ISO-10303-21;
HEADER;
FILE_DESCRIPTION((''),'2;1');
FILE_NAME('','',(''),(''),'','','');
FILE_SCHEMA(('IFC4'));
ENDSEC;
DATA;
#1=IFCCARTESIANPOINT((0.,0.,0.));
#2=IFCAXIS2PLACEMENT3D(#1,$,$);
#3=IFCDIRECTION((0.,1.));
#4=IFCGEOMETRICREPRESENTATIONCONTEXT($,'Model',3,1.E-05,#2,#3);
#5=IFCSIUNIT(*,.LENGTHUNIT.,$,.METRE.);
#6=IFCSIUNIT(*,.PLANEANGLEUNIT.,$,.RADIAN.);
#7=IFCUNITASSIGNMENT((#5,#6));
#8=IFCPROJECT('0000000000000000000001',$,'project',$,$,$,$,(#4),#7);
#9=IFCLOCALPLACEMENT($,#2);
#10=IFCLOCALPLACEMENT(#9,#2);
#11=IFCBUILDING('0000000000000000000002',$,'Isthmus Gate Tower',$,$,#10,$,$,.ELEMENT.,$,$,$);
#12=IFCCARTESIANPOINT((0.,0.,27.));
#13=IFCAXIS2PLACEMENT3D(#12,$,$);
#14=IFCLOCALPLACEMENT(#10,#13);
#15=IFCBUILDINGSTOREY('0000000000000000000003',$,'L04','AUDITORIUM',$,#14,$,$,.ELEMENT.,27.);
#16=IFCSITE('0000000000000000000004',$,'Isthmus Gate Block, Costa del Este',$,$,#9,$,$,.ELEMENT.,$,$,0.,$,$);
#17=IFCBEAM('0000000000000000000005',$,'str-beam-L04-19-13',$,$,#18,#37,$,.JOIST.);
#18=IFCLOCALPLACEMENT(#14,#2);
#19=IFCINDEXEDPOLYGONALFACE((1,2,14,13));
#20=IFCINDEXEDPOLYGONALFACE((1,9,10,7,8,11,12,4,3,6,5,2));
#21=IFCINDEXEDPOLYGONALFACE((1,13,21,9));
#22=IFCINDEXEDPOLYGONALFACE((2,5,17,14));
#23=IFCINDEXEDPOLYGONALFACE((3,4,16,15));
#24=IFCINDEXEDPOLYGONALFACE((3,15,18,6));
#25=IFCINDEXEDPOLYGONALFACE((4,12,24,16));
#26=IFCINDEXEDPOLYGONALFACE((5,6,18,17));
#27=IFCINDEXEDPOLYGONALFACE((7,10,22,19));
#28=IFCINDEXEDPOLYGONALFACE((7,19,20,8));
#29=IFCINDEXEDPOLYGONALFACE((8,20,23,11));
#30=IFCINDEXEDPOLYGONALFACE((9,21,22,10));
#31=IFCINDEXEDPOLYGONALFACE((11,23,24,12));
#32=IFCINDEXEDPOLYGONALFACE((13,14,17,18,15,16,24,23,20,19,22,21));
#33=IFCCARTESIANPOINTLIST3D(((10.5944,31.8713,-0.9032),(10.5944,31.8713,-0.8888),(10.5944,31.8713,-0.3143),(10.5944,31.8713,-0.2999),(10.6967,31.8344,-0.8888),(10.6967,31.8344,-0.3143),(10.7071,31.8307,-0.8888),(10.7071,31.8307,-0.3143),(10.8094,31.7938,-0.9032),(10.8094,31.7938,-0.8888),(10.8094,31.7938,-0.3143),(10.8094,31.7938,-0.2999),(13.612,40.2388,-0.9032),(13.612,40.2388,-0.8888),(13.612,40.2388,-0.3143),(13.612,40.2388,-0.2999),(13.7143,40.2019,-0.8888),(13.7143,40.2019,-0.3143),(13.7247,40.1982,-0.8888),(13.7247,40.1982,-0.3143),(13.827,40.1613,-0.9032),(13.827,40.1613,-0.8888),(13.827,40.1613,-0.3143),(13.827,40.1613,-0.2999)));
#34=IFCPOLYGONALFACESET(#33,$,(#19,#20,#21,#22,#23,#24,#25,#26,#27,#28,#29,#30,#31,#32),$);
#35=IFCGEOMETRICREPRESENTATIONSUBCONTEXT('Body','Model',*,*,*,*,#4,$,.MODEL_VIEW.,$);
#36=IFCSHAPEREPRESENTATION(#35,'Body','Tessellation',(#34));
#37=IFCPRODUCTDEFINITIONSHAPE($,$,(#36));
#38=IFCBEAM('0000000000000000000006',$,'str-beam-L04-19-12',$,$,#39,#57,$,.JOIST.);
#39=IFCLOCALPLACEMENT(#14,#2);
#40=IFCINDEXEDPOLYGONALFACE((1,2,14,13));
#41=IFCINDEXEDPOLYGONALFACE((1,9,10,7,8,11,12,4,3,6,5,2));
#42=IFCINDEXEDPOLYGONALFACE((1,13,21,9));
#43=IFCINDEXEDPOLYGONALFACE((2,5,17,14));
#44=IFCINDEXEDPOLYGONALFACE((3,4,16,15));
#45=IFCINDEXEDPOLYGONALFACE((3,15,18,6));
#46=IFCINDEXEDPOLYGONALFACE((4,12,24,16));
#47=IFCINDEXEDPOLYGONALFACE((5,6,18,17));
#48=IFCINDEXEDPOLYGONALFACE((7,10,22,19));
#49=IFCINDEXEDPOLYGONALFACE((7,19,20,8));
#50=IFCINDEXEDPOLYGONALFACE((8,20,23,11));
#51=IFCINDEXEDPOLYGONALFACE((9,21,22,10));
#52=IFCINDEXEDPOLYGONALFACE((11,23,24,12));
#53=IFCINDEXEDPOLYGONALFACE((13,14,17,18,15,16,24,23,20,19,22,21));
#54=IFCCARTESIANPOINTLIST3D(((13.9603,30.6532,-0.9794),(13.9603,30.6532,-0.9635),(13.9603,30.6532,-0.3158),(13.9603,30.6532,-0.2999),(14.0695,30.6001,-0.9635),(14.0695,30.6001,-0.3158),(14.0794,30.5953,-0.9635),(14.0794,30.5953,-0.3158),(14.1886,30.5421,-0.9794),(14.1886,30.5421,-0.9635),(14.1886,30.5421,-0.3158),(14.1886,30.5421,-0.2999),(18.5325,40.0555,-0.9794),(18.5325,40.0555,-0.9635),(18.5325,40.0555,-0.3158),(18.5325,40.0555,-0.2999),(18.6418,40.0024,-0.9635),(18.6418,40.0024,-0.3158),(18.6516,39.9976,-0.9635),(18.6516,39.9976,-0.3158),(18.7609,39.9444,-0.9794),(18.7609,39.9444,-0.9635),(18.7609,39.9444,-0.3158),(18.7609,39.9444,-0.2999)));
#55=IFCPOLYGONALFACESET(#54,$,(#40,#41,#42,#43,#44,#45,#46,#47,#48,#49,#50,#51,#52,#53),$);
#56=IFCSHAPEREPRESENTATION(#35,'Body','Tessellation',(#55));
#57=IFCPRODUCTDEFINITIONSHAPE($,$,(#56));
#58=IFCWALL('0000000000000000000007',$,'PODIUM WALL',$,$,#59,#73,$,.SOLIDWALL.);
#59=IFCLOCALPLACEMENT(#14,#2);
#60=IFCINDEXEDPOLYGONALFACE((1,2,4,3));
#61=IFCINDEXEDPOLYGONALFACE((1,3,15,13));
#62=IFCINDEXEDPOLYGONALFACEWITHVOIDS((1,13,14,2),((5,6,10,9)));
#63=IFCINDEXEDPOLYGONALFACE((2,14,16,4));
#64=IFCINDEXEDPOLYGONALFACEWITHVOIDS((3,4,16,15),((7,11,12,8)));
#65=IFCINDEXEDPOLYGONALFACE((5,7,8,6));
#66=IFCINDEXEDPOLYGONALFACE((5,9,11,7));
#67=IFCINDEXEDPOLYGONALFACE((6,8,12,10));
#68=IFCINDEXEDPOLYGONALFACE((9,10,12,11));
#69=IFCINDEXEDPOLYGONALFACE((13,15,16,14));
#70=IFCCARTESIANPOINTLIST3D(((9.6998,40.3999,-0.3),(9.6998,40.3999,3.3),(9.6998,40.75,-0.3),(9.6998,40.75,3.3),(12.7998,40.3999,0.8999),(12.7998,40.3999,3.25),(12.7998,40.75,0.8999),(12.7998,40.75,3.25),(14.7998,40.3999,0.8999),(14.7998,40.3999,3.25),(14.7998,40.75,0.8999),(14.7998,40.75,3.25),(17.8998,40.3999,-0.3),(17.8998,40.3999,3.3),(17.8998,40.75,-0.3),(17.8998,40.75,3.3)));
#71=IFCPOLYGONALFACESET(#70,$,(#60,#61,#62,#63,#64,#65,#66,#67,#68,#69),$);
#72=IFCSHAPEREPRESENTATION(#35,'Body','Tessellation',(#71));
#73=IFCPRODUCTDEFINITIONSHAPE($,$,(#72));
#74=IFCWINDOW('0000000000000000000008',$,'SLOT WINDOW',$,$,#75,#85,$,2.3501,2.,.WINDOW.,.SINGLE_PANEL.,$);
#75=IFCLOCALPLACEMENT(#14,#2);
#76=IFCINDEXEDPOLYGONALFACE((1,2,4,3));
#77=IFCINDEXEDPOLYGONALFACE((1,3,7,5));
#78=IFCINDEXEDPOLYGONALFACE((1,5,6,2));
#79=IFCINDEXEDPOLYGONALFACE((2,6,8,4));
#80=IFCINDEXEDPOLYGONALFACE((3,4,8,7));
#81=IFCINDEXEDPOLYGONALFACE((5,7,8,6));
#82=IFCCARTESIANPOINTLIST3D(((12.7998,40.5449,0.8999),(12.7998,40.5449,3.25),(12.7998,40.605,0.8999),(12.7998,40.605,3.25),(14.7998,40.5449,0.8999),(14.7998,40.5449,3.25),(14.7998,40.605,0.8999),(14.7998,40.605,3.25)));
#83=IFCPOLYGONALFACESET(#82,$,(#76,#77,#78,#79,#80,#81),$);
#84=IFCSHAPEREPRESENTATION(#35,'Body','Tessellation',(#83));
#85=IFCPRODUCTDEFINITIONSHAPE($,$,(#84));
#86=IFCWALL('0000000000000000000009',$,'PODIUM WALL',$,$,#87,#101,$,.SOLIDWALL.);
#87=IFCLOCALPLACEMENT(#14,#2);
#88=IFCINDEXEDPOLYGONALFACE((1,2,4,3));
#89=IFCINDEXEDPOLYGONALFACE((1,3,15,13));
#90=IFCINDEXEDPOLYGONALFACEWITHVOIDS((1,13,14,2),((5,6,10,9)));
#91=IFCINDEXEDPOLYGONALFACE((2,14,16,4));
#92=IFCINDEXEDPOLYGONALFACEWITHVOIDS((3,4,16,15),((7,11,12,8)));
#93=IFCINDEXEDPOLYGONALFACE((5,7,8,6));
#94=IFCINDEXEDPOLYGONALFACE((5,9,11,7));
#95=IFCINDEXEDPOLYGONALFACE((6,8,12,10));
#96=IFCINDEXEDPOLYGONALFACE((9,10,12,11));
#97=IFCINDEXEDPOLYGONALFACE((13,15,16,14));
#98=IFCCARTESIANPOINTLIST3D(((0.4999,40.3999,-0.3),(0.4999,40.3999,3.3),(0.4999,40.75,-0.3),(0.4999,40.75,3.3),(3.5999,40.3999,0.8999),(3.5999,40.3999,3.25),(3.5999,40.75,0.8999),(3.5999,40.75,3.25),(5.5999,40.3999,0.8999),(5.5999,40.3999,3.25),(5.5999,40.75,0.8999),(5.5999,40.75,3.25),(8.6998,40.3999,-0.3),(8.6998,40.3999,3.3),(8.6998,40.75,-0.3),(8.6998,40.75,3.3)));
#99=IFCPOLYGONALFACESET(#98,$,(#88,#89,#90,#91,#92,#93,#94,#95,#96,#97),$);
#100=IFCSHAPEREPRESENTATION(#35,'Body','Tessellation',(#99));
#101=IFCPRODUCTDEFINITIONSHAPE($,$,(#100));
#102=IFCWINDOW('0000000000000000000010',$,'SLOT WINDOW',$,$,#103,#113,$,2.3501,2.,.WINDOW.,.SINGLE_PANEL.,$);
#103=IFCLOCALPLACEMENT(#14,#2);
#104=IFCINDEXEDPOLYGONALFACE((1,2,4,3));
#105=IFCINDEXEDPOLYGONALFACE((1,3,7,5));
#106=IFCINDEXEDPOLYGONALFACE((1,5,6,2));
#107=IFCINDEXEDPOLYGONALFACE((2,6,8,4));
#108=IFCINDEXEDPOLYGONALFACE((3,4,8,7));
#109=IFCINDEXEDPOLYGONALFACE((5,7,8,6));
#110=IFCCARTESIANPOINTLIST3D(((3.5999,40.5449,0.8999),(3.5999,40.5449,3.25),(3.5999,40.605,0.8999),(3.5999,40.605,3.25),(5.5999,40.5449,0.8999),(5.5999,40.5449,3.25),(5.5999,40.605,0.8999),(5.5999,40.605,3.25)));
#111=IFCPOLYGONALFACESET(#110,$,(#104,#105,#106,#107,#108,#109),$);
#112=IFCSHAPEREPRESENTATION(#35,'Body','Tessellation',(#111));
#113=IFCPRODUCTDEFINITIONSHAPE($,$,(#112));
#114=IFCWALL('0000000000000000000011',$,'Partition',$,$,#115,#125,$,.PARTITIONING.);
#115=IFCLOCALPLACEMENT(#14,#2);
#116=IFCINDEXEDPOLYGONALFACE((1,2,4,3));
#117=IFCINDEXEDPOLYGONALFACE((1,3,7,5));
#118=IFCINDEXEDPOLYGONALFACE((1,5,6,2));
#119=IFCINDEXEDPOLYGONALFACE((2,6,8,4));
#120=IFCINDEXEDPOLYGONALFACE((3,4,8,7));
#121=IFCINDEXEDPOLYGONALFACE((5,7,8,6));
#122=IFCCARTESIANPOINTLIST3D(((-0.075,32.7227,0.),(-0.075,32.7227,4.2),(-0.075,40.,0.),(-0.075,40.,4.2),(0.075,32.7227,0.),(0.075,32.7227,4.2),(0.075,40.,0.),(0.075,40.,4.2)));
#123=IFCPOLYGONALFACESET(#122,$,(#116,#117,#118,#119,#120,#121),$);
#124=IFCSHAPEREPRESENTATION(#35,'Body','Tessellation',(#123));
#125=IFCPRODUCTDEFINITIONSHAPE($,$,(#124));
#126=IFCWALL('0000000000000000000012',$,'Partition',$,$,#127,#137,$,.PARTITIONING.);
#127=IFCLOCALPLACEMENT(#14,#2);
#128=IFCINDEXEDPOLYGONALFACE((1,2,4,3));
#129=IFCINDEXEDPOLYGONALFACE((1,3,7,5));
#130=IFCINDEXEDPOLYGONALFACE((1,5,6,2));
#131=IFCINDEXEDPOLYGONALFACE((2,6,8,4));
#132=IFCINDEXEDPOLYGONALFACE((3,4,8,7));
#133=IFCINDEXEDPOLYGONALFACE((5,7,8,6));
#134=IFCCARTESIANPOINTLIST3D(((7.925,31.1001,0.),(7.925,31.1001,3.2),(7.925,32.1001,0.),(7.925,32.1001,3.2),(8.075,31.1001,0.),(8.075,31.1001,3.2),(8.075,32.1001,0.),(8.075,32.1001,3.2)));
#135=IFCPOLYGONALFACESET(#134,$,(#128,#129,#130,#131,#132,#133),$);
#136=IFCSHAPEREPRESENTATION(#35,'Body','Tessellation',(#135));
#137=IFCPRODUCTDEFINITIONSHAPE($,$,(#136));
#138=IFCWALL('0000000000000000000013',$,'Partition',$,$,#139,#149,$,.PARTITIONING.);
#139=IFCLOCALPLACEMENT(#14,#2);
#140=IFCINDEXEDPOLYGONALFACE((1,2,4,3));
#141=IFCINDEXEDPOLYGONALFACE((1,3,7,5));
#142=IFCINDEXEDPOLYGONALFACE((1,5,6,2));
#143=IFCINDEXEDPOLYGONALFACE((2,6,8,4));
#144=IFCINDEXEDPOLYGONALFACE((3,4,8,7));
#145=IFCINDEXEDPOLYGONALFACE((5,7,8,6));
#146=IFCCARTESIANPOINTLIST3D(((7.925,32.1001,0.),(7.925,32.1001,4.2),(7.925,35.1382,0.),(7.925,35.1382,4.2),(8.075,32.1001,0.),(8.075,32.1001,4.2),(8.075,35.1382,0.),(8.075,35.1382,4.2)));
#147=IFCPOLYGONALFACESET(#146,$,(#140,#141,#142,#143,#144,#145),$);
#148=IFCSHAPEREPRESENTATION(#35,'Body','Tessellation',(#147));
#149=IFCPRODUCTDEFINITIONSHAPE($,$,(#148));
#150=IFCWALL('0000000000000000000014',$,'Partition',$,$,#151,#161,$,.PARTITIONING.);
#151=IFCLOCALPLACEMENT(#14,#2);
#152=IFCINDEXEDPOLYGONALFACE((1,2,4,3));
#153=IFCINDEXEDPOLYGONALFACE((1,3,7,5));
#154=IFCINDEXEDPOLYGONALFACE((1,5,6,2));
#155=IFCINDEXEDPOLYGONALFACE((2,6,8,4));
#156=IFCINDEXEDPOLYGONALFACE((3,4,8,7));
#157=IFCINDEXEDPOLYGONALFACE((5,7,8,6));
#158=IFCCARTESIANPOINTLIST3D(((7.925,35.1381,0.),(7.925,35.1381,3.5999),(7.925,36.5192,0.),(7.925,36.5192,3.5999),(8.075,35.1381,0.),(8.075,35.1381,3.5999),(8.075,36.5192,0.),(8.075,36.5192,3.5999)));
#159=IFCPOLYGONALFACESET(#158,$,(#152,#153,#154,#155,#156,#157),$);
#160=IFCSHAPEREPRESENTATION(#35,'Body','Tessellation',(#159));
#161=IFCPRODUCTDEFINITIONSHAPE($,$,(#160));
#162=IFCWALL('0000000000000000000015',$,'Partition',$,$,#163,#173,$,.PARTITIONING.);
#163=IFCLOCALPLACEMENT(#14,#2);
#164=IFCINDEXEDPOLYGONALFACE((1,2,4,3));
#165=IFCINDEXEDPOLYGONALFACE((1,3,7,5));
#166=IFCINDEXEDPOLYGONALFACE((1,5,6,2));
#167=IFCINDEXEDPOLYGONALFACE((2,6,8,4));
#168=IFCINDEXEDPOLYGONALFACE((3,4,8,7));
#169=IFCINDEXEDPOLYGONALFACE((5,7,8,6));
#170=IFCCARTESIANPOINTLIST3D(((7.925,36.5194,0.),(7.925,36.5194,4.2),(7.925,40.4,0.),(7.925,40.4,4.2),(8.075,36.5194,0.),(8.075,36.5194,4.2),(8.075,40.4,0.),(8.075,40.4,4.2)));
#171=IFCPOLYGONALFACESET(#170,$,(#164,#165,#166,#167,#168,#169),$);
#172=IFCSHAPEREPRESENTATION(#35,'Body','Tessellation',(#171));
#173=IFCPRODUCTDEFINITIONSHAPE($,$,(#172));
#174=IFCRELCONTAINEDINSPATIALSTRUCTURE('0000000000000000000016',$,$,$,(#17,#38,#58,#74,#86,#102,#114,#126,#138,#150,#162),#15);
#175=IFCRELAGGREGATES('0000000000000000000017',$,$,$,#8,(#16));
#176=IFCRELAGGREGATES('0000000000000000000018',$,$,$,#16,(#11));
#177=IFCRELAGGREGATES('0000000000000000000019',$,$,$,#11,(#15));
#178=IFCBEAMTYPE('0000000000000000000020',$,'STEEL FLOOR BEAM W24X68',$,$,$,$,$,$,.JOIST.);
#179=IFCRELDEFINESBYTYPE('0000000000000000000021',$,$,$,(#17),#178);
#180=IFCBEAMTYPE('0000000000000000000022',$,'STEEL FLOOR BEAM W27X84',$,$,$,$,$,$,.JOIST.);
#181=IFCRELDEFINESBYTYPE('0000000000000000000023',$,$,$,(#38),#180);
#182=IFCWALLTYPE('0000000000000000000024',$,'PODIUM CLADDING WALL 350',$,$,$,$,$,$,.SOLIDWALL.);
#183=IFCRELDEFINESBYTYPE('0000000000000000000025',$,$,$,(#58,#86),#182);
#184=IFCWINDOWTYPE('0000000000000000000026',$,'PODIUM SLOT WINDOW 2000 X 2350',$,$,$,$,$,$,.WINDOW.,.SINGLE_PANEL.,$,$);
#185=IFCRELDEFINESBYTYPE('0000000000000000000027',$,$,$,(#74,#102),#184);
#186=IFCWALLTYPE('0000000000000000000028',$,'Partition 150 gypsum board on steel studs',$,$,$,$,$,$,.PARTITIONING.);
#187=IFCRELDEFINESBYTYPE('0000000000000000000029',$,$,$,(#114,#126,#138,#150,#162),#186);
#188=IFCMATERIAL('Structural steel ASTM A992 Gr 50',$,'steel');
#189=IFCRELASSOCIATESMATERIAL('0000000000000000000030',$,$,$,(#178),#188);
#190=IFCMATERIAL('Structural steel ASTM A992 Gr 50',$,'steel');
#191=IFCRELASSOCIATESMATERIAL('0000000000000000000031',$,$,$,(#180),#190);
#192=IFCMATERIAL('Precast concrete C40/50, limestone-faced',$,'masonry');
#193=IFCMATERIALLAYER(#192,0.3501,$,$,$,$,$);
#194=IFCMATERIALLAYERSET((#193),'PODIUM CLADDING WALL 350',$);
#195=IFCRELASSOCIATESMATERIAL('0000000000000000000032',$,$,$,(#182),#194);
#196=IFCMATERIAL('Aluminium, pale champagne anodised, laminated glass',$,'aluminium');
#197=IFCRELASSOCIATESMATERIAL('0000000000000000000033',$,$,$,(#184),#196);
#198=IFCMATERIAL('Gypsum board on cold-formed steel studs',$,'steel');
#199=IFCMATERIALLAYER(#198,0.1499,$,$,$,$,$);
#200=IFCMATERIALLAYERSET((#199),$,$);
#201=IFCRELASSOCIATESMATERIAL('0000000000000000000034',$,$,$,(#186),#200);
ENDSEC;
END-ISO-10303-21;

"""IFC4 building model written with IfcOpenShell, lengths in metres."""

from ifc_helpers import new_model, si_unit, direction, frame, frame_2d, origin, origin_2d, place, context, subcontext, project, spatial, rectangle, i_section, extrude, material, layer, layer_set, material_profile, profile_set, type_object, element, fill, save


model = new_model("IFC4")

# Units and contexts
model_context = context("Model", 3, precision=1e-05, world=origin(), true_north=direction((0.0, 1.0)))
body_context = subcontext(model_context, "Body", "Model", "MODEL_VIEW")
ifc_project = project(units=[si_unit("LENGTHUNIT", "METRE"), si_unit("PLANEANGLEUNIT", "RADIAN")], contexts=[model_context])

# Site, building, storey
site_placement = place(None, origin())
site = spatial("IfcSite", under=ifc_project, at=site_placement, Name="Isthmus Gate Block, Costa del Este", CompositionType="ELEMENT", RefElevation=0.0)
building_placement = place(site_placement, origin())
building = spatial("IfcBuilding", under=site, at=building_placement, Name="Isthmus Gate Tower", CompositionType="ELEMENT")
storey_placement = place(building_placement, frame((0.0, 0.0, 27.0)))
storey = spatial("IfcBuildingStorey", under=building, at=storey_placement, Name="L04", Description="AUDITORIUM", CompositionType="ELEMENT", Elevation=27.0)

# Beams
ifc_material_1 = material(Name="Structural steel ASTM A992 Gr 50", Category="steel")
ifc_material_profile_1 = material_profile(ifc_material_1, i_section(OverallWidth=0.2285, OverallDepth=0.6033, WebThickness=0.011, FlangeThickness=0.0144, at=origin_2d()), Name="W24X68")
ifc_profile_set_1 = profile_set([ifc_material_profile_1], Name="Structural steel ASTM A992 Gr 50")
beam_type_1 = type_object("IfcBeamType", Name="STEEL FLOOR BEAM W24X68", PredefinedType="JOIST", material=ifc_profile_set_1)
beam_1_placement = place(storey_placement, frame((10.7019, 31.8325, -0.6016), z_axis=(0.339247, 0.940697, 0.0), x_axis=(-0.940697, 0.339247, 0.0)))
element("IfcBeam", 1, at=beam_1_placement, inside=storey, type_object=beam_type_1, Name="str-beam-L04-19-13", PredefinedType="JOIST", context=body_context, shape_type="SweptSolid", body=[
    extrude(i_section(OverallWidth=0.2285, OverallDepth=0.6033, WebThickness=0.011, FlangeThickness=0.0144, at=origin_2d()), origin(), (0.0, 0.0, 1.0), 8.895),
])
ifc_material_2 = material(Name="Structural steel ASTM A992 Gr 50", Category="steel")
ifc_material_profile_2 = material_profile(ifc_material_2, i_section(OverallWidth=0.2539, OverallDepth=0.6794, WebThickness=0.011, FlangeThickness=0.0159, at=origin_2d()), Name="W27X84")
ifc_profile_set_2 = profile_set([ifc_material_profile_2], Name="Structural steel ASTM A992 Gr 50")
beam_type_2 = type_object("IfcBeamType", Name="STEEL FLOOR BEAM W27X84", PredefinedType="JOIST", material=ifc_profile_set_2)
beam_2_placement = place(storey_placement, frame((14.0745, 30.5977, -0.6396), z_axis=(0.437323, 0.899305, 0.0), x_axis=(-0.899305, 0.437323, 0.0)))
element("IfcBeam", 2, at=beam_2_placement, inside=storey, type_object=beam_type_2, Name="str-beam-L04-19-12", PredefinedType="JOIST", context=body_context, shape_type="SweptSolid", body=[
    extrude(i_section(OverallWidth=0.2539, OverallDepth=0.6794, WebThickness=0.011, FlangeThickness=0.0159, at=origin_2d()), origin(), (0.0, 0.0, 1.0), 10.4551),
])

# Walls, openings, windows
ifc_material_3 = material(Name="Precast concrete C40/50, limestone-faced", Category="masonry")
ifc_layer_1 = layer(ifc_material_3, 0.3501)
ifc_layer_set_1 = layer_set([ifc_layer_1], Name="PODIUM CLADDING WALL 350")
wall_type_1 = type_object("IfcWallType", Name="PODIUM CLADDING WALL 350", PredefinedType="SOLIDWALL", material=ifc_layer_set_1)
wall_1_placement = place(storey_placement, frame((17.8999, 40.575, -0.3), z_axis=(0.0, 0.0, 1.0), x_axis=(-1.0, 0.0, 0.0)))
wall_1 = element("IfcWall", 3, at=wall_1_placement, inside=storey, type_object=wall_type_1, Name="PODIUM WALL", PredefinedType="SOLIDWALL", context=body_context, shape_type="SweptSolid", body=[
    extrude(rectangle(XDim=8.2, YDim=0.3501, at=frame_2d((4.1001, 0.0))), origin(), (0.0, 0.0, 1.0), 3.6001),
])
opening_1_placement = place(wall_1_placement, frame((3.1001, 0.0, 1.2)))
opening_1 = element("IfcOpeningElement", 4, at=opening_1_placement, cuts=wall_1, PredefinedType="OPENING", context=body_context, shape_type="SweptSolid", body=[
    extrude(rectangle(XDim=2.0, YDim=2.3501, at=frame_2d((1.0, 1.175))), frame((0.0, 0.1851, 0.0), z_axis=(0.0, -1.0, 0.0), x_axis=(1.0, 0.0, 0.0)), (0.0, 0.0, 1.0), 0.3701),
])
ifc_material_4 = material(Name="Aluminium, pale champagne anodised, laminated glass", Category="aluminium")
window_type = type_object("IfcWindowType", Name="PODIUM SLOT WINDOW 2000 X 2350", PartitioningType="SINGLE_PANEL", PredefinedType="WINDOW", material=ifc_material_4)
window_1_placement = place(opening_1_placement, origin())
window_1 = element("IfcWindow", 5, at=window_1_placement, inside=storey, type_object=window_type, Name="SLOT WINDOW", OverallHeight=2.3501, OverallWidth=2.0, PartitioningType="SINGLE_PANEL", PredefinedType="WINDOW", context=body_context, shape_type="SweptSolid", body=[
    extrude(rectangle(XDim=2.0, YDim=2.3501, at=frame_2d((1.0, 1.175))), frame((0.0, 0.03, 0.0), z_axis=(0.0, -1.0, 0.0), x_axis=(1.0, 0.0, 0.0)), (0.0, 0.0, 1.0), 0.0601),
])
fill(opening_1, window_1)
wall_2_placement = place(storey_placement, frame((8.7, 40.575, -0.3), z_axis=(0.0, 0.0, 1.0), x_axis=(-1.0, 0.0, 0.0)))
wall_2 = element("IfcWall", 6, at=wall_2_placement, inside=storey, type_object=wall_type_1, Name="PODIUM WALL", PredefinedType="SOLIDWALL", context=body_context, shape_type="SweptSolid", body=[
    extrude(rectangle(XDim=8.2, YDim=0.3501, at=frame_2d((4.1001, 0.0))), origin(), (0.0, 0.0, 1.0), 3.6001),
])
opening_2_placement = place(wall_2_placement, frame((3.1001, 0.0, 1.2)))
opening_2 = element("IfcOpeningElement", 7, at=opening_2_placement, cuts=wall_2, PredefinedType="OPENING", context=body_context, shape_type="SweptSolid", body=[
    extrude(rectangle(XDim=2.0, YDim=2.3501, at=frame_2d((1.0, 1.175))), frame((0.0, 0.1851, 0.0), z_axis=(0.0, -1.0, 0.0), x_axis=(1.0, 0.0, 0.0)), (0.0, 0.0, 1.0), 0.3701),
])
window_2_placement = place(opening_2_placement, origin())
window_2 = element("IfcWindow", 8, at=window_2_placement, inside=storey, type_object=window_type, Name="SLOT WINDOW", OverallHeight=2.3501, OverallWidth=2.0, PartitioningType="SINGLE_PANEL", PredefinedType="WINDOW", context=body_context, shape_type="SweptSolid", body=[
    extrude(rectangle(XDim=2.0, YDim=2.3501, at=frame_2d((1.0, 1.175))), frame((0.0, 0.03, 0.0), z_axis=(0.0, -1.0, 0.0), x_axis=(1.0, 0.0, 0.0)), (0.0, 0.0, 1.0), 0.0601),
])
fill(opening_2, window_2)

# Walls
ifc_material_5 = material(Name="Gypsum board on cold-formed steel studs", Category="steel")
ifc_layer_2 = layer(ifc_material_5, 0.1499)
ifc_layer_set_2 = layer_set([ifc_layer_2])
wall_type_2 = type_object("IfcWallType", Name="Partition 150 gypsum board on steel studs", PredefinedType="PARTITIONING", material=ifc_layer_set_2)
wall_3_placement = place(storey_placement, frame((0.0, 32.7227, 0.0), z_axis=(0.0, 0.0, 1.0), x_axis=(0.0, 1.0, 0.0)))
element("IfcWall", 9, at=wall_3_placement, inside=storey, type_object=wall_type_2, Name="Partition", PredefinedType="PARTITIONING", context=body_context, shape_type="SweptSolid", body=[
    extrude(rectangle(XDim=7.2773, YDim=0.1499, at=frame_2d((3.6387, 0.0))), origin(), (0.0, 0.0, 1.0), 4.2),
])
wall_4_placement = place(storey_placement, frame((8.0, 31.1001, 0.0), z_axis=(0.0, 0.0, 1.0), x_axis=(0.0, 1.0, 0.0)))
element("IfcWall", 10, at=wall_4_placement, inside=storey, type_object=wall_type_2, Name="Partition", PredefinedType="PARTITIONING", context=body_context, shape_type="SweptSolid", body=[
    extrude(rectangle(XDim=1.0, YDim=0.1499, at=frame_2d((0.5, 0.0))), origin(), (0.0, 0.0, 1.0), 3.2),
])
wall_5_placement = place(storey_placement, frame((8.0, 32.1001, 0.0), z_axis=(0.0, 0.0, 1.0), x_axis=(0.0, 1.0, 0.0)))
element("IfcWall", 11, at=wall_5_placement, inside=storey, type_object=wall_type_2, Name="Partition", PredefinedType="PARTITIONING", context=body_context, shape_type="SweptSolid", body=[
    extrude(rectangle(XDim=3.0381, YDim=0.1499, at=frame_2d((1.519, 0.0))), origin(), (0.0, 0.0, 1.0), 4.2),
])
wall_6_placement = place(storey_placement, frame((8.0, 35.1382, 0.0), z_axis=(0.0, 0.0, 1.0), x_axis=(0.0, 1.0, 0.0)))
element("IfcWall", 12, at=wall_6_placement, inside=storey, type_object=wall_type_2, Name="Partition", PredefinedType="PARTITIONING", context=body_context, shape_type="SweptSolid", body=[
    extrude(rectangle(XDim=1.3811, YDim=0.1499, at=frame_2d((0.6904, 0.0))), origin(), (0.0, 0.0, 1.0), 3.5999),
])
wall_7_placement = place(storey_placement, frame((8.0, 36.5193, 0.0), z_axis=(0.0, 0.0, 1.0), x_axis=(0.0, 1.0, 0.0)))
element("IfcWall", 13, at=wall_7_placement, inside=storey, type_object=wall_type_2, Name="Partition", PredefinedType="PARTITIONING", context=body_context, shape_type="SweptSolid", body=[
    extrude(rectangle(XDim=3.8806, YDim=0.1499, at=frame_2d((1.9404, 0.0))), origin(), (0.0, 0.0, 1.0), 4.2),
])

save(model, "model.ifc")
